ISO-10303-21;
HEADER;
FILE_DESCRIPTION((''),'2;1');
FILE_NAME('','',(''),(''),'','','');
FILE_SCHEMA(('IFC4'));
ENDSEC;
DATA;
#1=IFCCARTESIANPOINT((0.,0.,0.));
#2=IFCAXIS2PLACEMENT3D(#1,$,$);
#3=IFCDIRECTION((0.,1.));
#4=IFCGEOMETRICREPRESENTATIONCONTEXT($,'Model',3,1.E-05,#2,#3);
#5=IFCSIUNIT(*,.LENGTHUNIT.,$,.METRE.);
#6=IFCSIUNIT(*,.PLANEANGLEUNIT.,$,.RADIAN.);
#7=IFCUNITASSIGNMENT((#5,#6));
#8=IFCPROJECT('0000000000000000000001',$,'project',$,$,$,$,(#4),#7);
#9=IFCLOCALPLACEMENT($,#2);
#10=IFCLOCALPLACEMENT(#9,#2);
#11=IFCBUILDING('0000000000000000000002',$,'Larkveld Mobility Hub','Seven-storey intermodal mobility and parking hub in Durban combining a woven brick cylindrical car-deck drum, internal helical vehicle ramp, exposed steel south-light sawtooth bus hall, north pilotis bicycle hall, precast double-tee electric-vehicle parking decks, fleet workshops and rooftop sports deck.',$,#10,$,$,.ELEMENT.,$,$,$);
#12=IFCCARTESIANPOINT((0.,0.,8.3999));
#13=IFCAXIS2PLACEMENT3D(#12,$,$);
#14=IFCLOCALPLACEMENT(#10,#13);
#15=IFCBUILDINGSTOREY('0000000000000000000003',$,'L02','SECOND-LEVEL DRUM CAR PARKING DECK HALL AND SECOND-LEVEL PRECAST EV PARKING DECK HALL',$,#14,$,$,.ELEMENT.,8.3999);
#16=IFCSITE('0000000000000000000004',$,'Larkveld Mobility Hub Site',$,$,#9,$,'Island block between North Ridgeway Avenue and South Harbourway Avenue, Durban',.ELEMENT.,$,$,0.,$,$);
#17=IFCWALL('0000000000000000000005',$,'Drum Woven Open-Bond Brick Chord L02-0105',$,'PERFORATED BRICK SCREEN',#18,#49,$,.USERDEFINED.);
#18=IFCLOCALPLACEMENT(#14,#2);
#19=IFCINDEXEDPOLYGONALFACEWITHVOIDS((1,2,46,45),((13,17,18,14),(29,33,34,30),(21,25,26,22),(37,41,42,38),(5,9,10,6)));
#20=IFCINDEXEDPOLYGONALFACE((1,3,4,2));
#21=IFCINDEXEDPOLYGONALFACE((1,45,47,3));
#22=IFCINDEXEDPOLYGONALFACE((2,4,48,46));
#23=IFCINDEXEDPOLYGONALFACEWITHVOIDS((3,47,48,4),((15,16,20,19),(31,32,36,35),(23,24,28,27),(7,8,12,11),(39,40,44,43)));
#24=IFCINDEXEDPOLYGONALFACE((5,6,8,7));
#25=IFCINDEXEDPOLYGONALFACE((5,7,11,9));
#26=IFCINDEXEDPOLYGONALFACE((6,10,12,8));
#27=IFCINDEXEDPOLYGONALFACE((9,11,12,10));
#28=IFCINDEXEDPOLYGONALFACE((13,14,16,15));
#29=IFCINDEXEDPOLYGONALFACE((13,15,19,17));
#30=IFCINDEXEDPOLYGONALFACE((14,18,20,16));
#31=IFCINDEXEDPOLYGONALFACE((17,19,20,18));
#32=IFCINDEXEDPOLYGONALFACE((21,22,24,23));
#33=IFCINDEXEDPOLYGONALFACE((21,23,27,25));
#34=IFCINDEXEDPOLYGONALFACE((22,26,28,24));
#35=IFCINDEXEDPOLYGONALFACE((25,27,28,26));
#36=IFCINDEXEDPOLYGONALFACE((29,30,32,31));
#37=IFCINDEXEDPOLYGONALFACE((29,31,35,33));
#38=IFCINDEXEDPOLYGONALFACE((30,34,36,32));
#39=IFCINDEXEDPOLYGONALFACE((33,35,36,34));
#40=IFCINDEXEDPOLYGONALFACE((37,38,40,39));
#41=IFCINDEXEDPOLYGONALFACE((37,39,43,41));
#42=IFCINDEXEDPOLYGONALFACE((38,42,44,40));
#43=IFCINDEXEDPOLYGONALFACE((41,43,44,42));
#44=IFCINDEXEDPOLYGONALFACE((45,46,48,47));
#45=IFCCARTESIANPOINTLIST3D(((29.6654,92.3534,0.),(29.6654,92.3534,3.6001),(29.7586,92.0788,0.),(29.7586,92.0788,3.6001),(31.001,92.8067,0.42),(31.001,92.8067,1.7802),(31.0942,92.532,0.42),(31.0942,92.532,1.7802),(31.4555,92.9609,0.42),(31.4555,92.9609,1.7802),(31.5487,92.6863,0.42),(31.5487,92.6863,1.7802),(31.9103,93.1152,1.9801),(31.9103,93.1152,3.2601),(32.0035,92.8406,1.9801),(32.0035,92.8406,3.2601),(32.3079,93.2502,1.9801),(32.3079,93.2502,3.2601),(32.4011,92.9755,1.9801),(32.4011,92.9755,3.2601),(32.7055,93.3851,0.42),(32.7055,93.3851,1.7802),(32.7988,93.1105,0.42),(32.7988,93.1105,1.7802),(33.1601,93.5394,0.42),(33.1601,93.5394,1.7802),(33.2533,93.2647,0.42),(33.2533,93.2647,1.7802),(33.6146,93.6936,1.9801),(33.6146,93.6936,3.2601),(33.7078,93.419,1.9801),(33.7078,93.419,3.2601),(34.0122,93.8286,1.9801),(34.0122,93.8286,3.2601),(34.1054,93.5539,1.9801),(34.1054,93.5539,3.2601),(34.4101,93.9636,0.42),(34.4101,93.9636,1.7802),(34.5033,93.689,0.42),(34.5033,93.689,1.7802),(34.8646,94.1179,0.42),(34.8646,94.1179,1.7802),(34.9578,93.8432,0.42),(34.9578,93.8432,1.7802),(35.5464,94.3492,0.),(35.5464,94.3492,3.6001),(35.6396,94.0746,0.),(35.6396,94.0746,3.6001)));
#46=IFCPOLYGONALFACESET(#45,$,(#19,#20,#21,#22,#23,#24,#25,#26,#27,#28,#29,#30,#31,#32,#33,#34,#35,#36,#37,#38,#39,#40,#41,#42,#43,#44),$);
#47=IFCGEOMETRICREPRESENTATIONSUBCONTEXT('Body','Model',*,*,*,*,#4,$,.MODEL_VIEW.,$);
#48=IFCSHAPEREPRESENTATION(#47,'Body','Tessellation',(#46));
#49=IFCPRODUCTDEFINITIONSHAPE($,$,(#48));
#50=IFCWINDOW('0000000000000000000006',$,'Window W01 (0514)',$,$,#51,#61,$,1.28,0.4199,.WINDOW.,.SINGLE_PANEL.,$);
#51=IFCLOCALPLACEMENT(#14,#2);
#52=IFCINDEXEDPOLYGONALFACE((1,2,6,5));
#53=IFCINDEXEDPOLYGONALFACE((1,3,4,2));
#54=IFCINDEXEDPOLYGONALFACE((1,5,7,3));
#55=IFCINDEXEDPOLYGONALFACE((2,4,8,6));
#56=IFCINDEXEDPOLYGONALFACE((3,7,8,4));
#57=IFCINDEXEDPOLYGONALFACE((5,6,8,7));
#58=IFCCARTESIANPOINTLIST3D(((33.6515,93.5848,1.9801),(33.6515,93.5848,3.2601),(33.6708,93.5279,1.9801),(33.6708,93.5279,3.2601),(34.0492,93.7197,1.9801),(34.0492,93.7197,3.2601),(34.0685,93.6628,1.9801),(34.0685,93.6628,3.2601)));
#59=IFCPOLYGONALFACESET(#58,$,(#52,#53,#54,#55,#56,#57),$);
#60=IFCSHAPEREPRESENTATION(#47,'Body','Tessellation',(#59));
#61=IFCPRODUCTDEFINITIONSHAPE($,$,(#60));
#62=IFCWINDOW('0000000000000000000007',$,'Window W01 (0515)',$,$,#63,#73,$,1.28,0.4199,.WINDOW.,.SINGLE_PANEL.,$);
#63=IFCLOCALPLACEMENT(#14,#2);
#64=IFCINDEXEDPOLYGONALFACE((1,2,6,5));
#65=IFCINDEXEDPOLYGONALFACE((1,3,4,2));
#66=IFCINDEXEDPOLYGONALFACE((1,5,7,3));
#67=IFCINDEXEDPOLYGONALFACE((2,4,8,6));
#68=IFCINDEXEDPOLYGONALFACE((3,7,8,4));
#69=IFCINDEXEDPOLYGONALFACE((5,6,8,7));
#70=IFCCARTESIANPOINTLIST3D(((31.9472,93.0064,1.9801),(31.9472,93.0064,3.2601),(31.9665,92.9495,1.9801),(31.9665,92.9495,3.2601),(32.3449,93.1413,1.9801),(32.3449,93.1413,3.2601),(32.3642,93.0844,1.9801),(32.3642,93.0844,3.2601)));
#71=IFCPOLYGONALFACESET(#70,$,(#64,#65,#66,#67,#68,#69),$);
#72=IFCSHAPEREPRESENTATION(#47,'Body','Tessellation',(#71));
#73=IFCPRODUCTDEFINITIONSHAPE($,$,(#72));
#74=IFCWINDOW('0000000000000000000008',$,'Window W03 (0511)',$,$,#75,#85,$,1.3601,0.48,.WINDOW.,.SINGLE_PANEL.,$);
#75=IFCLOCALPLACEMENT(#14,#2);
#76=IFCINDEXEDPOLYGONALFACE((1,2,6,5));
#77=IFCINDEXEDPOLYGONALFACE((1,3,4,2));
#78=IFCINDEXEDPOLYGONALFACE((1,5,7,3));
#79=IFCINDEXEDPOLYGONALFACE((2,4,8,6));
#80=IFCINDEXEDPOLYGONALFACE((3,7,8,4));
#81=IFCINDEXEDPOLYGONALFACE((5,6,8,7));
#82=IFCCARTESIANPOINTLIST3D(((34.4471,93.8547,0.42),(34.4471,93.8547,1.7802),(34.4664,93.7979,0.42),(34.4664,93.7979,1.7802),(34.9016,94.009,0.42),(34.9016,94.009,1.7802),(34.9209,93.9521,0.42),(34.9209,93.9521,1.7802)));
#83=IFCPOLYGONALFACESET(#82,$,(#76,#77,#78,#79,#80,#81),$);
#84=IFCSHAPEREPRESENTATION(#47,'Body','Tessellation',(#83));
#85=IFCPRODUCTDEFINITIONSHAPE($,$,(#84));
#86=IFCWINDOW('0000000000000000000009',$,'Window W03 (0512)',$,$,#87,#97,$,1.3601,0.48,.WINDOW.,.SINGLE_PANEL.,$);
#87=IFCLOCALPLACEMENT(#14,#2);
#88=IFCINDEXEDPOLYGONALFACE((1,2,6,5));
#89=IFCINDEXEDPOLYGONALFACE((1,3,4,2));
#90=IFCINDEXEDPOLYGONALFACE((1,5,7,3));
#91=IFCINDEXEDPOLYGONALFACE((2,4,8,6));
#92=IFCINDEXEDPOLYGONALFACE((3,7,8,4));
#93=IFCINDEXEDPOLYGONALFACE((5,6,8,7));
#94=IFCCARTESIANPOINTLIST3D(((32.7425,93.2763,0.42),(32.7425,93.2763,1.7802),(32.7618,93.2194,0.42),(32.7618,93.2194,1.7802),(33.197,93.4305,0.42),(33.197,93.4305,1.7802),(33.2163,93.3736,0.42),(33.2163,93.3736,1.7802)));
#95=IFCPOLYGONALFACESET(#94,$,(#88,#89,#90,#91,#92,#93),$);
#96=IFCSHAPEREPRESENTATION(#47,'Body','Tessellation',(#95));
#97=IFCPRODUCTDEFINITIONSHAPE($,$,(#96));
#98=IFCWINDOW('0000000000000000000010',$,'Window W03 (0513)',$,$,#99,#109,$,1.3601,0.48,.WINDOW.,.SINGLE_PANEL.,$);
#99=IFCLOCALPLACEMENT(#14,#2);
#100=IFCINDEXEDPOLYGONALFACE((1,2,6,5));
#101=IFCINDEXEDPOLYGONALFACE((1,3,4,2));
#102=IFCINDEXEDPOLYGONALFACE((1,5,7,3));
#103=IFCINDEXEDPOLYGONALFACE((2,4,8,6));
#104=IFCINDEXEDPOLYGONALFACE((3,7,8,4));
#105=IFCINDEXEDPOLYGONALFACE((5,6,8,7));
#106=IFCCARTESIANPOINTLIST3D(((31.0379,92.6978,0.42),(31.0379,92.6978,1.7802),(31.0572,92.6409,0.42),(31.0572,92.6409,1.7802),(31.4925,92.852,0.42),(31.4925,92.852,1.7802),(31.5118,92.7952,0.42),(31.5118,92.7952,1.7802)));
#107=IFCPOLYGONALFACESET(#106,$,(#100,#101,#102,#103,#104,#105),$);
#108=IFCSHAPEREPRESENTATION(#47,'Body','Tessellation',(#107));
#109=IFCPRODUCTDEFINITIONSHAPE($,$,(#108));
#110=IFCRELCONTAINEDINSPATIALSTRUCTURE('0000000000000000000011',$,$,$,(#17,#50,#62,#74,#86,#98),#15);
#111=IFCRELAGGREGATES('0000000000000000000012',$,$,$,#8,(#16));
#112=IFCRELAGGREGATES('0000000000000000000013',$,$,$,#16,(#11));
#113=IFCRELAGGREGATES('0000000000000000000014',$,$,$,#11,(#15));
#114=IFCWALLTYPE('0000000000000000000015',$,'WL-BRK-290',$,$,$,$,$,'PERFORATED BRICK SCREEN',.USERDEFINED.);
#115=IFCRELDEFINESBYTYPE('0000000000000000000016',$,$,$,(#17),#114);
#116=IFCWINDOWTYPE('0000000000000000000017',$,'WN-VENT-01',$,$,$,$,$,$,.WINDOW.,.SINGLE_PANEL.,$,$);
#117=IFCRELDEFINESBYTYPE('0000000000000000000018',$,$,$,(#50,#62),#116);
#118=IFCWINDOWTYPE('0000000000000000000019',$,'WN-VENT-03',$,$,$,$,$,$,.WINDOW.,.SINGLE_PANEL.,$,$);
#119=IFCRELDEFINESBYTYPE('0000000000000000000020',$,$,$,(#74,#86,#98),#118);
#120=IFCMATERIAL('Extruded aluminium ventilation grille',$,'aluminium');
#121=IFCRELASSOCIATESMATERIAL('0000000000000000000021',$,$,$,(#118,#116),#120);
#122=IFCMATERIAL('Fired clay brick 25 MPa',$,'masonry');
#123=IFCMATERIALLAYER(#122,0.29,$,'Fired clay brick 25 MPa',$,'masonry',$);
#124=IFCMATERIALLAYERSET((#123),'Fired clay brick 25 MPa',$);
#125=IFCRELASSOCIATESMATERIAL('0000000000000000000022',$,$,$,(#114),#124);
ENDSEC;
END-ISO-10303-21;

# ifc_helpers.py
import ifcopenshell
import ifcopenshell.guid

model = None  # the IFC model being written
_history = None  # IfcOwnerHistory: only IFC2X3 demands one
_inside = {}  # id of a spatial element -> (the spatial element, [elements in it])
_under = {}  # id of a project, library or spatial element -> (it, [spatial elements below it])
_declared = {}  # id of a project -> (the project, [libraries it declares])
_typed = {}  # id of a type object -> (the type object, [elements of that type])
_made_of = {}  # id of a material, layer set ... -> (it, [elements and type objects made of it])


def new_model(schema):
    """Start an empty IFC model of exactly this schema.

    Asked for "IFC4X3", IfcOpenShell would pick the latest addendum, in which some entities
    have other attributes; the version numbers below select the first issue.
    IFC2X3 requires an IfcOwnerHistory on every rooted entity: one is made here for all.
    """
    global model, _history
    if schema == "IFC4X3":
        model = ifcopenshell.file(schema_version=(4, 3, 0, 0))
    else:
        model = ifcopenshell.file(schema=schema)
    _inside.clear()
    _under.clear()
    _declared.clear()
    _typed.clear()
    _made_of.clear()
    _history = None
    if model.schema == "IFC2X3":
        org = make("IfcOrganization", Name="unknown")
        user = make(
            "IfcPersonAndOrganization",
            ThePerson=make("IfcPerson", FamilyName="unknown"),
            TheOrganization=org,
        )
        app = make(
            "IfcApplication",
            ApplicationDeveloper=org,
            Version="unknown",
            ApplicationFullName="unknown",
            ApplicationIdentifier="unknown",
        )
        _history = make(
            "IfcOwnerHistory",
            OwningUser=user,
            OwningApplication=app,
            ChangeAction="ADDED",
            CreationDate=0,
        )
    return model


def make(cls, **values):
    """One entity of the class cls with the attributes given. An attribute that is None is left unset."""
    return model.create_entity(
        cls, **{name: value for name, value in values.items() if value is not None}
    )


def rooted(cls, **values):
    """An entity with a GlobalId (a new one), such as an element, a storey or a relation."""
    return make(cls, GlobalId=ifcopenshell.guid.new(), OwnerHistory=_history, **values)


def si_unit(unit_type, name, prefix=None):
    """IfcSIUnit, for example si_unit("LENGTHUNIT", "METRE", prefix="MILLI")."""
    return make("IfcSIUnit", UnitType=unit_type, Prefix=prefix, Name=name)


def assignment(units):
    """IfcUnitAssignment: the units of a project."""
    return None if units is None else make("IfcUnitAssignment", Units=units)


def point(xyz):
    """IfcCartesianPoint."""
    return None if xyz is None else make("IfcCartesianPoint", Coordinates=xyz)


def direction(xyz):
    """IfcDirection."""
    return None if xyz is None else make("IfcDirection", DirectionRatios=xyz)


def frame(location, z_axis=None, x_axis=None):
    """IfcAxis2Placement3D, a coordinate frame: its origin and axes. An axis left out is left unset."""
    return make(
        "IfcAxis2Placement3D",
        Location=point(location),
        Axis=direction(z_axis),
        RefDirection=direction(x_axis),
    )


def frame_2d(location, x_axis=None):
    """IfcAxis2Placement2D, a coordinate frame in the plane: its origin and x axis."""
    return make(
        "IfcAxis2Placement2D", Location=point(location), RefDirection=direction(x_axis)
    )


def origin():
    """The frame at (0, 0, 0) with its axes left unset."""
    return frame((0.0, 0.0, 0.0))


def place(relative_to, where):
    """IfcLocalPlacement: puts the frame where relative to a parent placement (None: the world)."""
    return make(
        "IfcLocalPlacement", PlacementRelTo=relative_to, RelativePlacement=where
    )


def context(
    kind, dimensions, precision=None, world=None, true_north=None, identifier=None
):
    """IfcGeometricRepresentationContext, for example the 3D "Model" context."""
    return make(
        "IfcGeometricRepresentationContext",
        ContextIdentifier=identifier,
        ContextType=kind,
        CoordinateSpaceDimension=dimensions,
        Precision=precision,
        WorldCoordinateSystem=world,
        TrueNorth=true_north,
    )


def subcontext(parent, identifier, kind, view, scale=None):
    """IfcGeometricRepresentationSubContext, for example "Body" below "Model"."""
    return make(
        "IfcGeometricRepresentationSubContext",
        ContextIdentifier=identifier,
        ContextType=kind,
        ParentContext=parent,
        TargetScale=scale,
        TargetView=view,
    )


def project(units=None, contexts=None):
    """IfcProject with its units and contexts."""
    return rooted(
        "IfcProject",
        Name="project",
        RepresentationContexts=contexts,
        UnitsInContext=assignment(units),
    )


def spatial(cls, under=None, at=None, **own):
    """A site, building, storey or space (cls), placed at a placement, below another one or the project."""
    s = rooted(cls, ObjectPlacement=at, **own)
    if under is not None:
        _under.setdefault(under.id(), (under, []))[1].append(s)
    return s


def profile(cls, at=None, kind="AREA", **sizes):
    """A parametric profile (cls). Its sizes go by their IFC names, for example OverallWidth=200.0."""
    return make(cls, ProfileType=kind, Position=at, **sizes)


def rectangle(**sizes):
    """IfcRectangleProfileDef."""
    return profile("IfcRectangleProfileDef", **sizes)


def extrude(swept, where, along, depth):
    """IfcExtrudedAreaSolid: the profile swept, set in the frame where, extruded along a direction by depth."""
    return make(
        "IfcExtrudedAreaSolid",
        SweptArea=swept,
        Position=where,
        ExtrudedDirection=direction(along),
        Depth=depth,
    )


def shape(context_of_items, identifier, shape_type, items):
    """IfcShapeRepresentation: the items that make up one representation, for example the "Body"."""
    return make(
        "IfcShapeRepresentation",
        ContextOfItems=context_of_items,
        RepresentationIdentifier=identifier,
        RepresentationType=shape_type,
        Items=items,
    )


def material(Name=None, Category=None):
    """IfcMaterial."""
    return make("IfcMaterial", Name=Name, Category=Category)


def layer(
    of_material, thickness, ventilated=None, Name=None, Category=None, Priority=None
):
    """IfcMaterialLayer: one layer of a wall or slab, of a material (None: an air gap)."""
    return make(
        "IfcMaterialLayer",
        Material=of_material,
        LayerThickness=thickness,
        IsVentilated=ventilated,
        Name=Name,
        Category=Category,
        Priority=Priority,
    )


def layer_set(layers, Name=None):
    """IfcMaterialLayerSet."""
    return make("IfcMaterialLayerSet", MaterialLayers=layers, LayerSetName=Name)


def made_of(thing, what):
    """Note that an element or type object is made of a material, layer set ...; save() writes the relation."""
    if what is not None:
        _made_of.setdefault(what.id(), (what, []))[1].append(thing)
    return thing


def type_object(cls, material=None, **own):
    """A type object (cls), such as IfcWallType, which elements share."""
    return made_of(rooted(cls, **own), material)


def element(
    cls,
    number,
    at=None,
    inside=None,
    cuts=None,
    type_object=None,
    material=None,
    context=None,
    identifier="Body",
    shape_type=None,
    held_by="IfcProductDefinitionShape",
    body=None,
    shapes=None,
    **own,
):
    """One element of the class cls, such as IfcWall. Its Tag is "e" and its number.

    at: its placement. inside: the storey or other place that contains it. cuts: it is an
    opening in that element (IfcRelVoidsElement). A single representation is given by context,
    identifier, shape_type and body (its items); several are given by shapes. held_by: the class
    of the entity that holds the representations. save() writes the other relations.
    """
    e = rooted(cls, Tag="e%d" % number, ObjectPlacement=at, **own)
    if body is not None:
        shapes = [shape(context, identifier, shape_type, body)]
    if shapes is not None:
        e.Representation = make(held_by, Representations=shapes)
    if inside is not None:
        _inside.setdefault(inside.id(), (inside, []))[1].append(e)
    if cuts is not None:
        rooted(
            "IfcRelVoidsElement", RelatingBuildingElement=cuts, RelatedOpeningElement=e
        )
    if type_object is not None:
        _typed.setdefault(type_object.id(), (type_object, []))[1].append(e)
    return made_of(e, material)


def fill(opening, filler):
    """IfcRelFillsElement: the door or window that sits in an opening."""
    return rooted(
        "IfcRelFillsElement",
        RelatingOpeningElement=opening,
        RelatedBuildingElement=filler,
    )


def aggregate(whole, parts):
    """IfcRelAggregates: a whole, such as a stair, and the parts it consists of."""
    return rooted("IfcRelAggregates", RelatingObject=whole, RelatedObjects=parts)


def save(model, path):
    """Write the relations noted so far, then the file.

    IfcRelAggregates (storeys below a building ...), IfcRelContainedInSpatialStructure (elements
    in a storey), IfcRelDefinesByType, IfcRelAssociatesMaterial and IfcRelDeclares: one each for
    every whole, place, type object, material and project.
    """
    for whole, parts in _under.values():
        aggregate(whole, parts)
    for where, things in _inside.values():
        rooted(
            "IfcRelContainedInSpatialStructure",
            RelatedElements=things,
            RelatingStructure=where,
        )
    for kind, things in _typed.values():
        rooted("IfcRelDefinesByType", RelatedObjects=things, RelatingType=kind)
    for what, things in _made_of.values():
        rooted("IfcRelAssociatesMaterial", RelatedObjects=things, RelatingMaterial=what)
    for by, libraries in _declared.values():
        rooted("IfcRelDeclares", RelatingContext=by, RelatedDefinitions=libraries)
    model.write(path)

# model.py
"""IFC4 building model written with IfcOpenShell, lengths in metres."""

from ifc_helpers import new_model, si_unit, direction, frame, frame_2d, origin, place, context, subcontext, project, spatial, rectangle, extrude, material, layer, layer_set, type_object, element, fill, save


model = new_model("IFC4")

# Units and contexts
model_context = context("Model", 3, precision=1e-05, world=origin(), true_north=direction((0.0, 1.0)))
body_context = subcontext(model_context, "Body", "Model", "MODEL_VIEW")
ifc_project = project(units=[si_unit("LENGTHUNIT", "METRE"), si_unit("PLANEANGLEUNIT", "RADIAN")], contexts=[model_context])

# Site, building, storey
site_placement = place(None, origin())
site = spatial("IfcSite", under=ifc_project, at=site_placement, Name="Larkveld Mobility Hub Site", LongName="Island block between North Ridgeway Avenue and South Harbourway Avenue, Durban", CompositionType="ELEMENT", RefElevation=0.0)
building_placement = place(site_placement, origin())
building = spatial("IfcBuilding", under=site, at=building_placement, Name="Larkveld Mobility Hub", Description="Seven-storey intermodal mobility and parking hub in Durban combining a woven brick cylindrical car-deck drum, internal helical vehicle ramp, exposed steel south-light sawtooth bus hall, north pilotis bicycle hall, precast double-tee electric-vehicle parking decks, fleet workshops and rooftop sports deck.", CompositionType="ELEMENT")
storey_placement = place(building_placement, frame((0.0, 0.0, 8.3999)))
storey = spatial("IfcBuildingStorey", under=building, at=storey_placement, Name="L02", Description="SECOND-LEVEL DRUM CAR PARKING DECK HALL AND SECOND-LEVEL PRECAST EV PARKING DECK HALL", CompositionType="ELEMENT", Elevation=8.3999)

# Wall, openings, windows
ifc_material_1 = material(Name="Fired clay brick 25 MPa", Category="masonry")
ifc_material_2 = material(Name="Extruded aluminium ventilation grille", Category="aluminium")
window_type_1 = type_object("IfcWindowType", Name="WN-VENT-03", PartitioningType="SINGLE_PANEL", PredefinedType="WINDOW", material=ifc_material_2)
ifc_layer_1 = layer(ifc_material_1, 0.29, Name="Fired clay brick 25 MPa", Category="masonry")
ifc_layer_set_1 = layer_set([ifc_layer_1], Name="Fired clay brick 25 MPa")
wall_type_1 = type_object("IfcWallType", Name="WL-BRK-290", ElementType="PERFORATED BRICK SCREEN", PredefinedType="USERDEFINED", material=ifc_layer_set_1)
wall_1_placement = place(storey_placement, frame((35.593, 94.2119, 0.0), z_axis=(0.0, 0.0, 1.0), x_axis=(-0.946955, -0.321365, 0.0)))
wall_1 = element("IfcWall", 1, at=wall_1_placement, inside=storey, type_object=wall_type_1, Name="Drum Woven Open-Bond Brick Chord L02-0105", ObjectType="PERFORATED BRICK SCREEN", PredefinedType="USERDEFINED", context=body_context, shape_type="SweptSolid", body=[
    extrude(rectangle(XDim=6.2104, YDim=0.29, at=frame_2d((3.1052, 0.0))), origin(), (0.0, 0.0, 1.0), 3.6001),
])
opening_1_placement = place(wall_1_placement, frame((0.72, 0.0, 0.4199)))
opening_1 = element("IfcOpeningElement", 2, at=opening_1_placement, cuts=wall_1, PredefinedType="OPENING", context=body_context, shape_type="SweptSolid", body=[
    extrude(rectangle(XDim=0.48, YDim=1.3601, at=frame_2d((0.24, 0.6802))), frame((0.0, 0.155, 0.0), z_axis=(0.0, -1.0, 0.0), x_axis=(1.0, 0.0, 0.0)), (0.0, 0.0, 1.0), 0.3101),
])
opening_2_placement = place(wall_1_placement, frame((2.52, 0.0, 0.4199)))
opening_2 = element("IfcOpeningElement", 3, at=opening_2_placement, cuts=wall_1, PredefinedType="OPENING", context=body_context, shape_type="SweptSolid", body=[
    extrude(rectangle(XDim=0.48, YDim=1.3601, at=frame_2d((0.24, 0.6802))), frame((0.0, 0.155, 0.0), z_axis=(0.0, -1.0, 0.0), x_axis=(1.0, 0.0, 0.0)), (0.0, 0.0, 1.0), 0.3101),
])
opening_3_placement = place(wall_1_placement, frame((4.3201, 0.0, 0.4199)))
opening_3 = element("IfcOpeningElement", 4, at=opening_3_placement, cuts=wall_1, PredefinedType="OPENING", context=body_context, shape_type="SweptSolid", body=[
    extrude(rectangle(XDim=0.48, YDim=1.3601, at=frame_2d((0.24, 0.6802))), frame((0.0, 0.155, 0.0), z_axis=(0.0, -1.0, 0.0), x_axis=(1.0, 0.0, 0.0)), (0.0, 0.0, 1.0), 0.3101),
])
opening_4_placement = place(wall_1_placement, frame((1.6201, 0.0, 1.98)))
opening_4 = element("IfcOpeningElement", 5, at=opening_4_placement, cuts=wall_1, PredefinedType="OPENING", context=body_context, shape_type="SweptSolid", body=[
    extrude(rectangle(XDim=0.4199, YDim=1.28, at=frame_2d((0.21, 0.6401))), frame((0.0, 0.155, 0.0), z_axis=(0.0, -1.0, 0.0), x_axis=(1.0, 0.0, 0.0)), (0.0, 0.0, 1.0), 0.3101),
])
opening_5_placement = place(wall_1_placement, frame((3.4199, 0.0, 1.98)))
opening_5 = element("IfcOpeningElement", 6, at=opening_5_placement, cuts=wall_1, PredefinedType="OPENING", context=body_context, shape_type="SweptSolid", body=[
    extrude(rectangle(XDim=0.4199, YDim=1.28, at=frame_2d((0.21, 0.6401))), frame((0.0, 0.155, 0.0), z_axis=(0.0, -1.0, 0.0), x_axis=(1.0, 0.0, 0.0)), (0.0, 0.0, 1.0), 0.3101),
])
window_type_2 = type_object("IfcWindowType", Name="WN-VENT-01", PartitioningType="SINGLE_PANEL", PredefinedType="WINDOW", material=ifc_material_2)
window_1_placement = place(opening_4_placement, origin())
window_1 = element("IfcWindow", 7, at=window_1_placement, inside=storey, type_object=window_type_2, Name="Window W01 (0514)", OverallHeight=1.28, OverallWidth=0.4199, PartitioningType="SINGLE_PANEL", PredefinedType="WINDOW", context=body_context, shape_type="SweptSolid", body=[
    extrude(rectangle(XDim=0.4199, YDim=1.28, at=frame_2d((0.21, 0.6401))), frame((0.0, 0.03, 0.0), z_axis=(0.0, -1.0, 0.0), x_axis=(1.0, 0.0, 0.0)), (0.0, 0.0, 1.0), 0.0601),
])
fill(opening_4, window_1)
window_2_placement = place(opening_5_placement, origin())
window_2 = element("IfcWindow", 8, at=window_2_placement, inside=storey, type_object=window_type_2, Name="Window W01 (0515)", OverallHeight=1.28, OverallWidth=0.4199, PartitioningType="SINGLE_PANEL", PredefinedType="WINDOW", context=body_context, shape_type="SweptSolid", body=[
    extrude(rectangle(XDim=0.4199, YDim=1.28, at=frame_2d((0.21, 0.6401))), frame((0.0, 0.03, 0.0), z_axis=(0.0, -1.0, 0.0), x_axis=(1.0, 0.0, 0.0)), (0.0, 0.0, 1.0), 0.0601),
])
fill(opening_5, window_2)
window_3_placement = place(opening_1_placement, origin())
window_3 = element("IfcWindow", 9, at=window_3_placement, inside=storey, type_object=window_type_1, Name="Window W03 (0511)", OverallHeight=1.3601, OverallWidth=0.48, PartitioningType="SINGLE_PANEL", PredefinedType="WINDOW", context=body_context, shape_type="SweptSolid", body=[
    extrude(rectangle(XDim=0.48, YDim=1.3601, at=frame_2d((0.24, 0.6802))), frame((0.0, 0.03, 0.0), z_axis=(0.0, -1.0, 0.0), x_axis=(1.0, 0.0, 0.0)), (0.0, 0.0, 1.0), 0.0601),
])
fill(opening_1, window_3)
window_4_placement = place(opening_2_placement, origin())
window_4 = element("IfcWindow", 10, at=window_4_placement, inside=storey, type_object=window_type_1, Name="Window W03 (0512)", OverallHeight=1.3601, OverallWidth=0.48, PartitioningType="SINGLE_PANEL", PredefinedType="WINDOW", context=body_context, shape_type="SweptSolid", body=[
    extrude(rectangle(XDim=0.48, YDim=1.3601, at=frame_2d((0.24, 0.6802))), frame((0.0, 0.03, 0.0), z_axis=(0.0, -1.0, 0.0), x_axis=(1.0, 0.0, 0.0)), (0.0, 0.0, 1.0), 0.0601),
])
fill(opening_2, window_4)
window_5_placement = place(opening_3_placement, origin())
window_5 = element("IfcWindow", 11, at=window_5_placement, inside=storey, type_object=window_type_1, Name="Window W03 (0513)", OverallHeight=1.3601, OverallWidth=0.48, PartitioningType="SINGLE_PANEL", PredefinedType="WINDOW", context=body_context, shape_type="SweptSolid", body=[
    extrude(rectangle(XDim=0.48, YDim=1.3601, at=frame_2d((0.24, 0.6802))), frame((0.0, 0.03, 0.0), z_axis=(0.0, -1.0, 0.0), x_axis=(1.0, 0.0, 0.0)), (0.0, 0.0, 1.0), 0.0601),
])
fill(opening_3, window_5)

save(model, "model.ifc")
